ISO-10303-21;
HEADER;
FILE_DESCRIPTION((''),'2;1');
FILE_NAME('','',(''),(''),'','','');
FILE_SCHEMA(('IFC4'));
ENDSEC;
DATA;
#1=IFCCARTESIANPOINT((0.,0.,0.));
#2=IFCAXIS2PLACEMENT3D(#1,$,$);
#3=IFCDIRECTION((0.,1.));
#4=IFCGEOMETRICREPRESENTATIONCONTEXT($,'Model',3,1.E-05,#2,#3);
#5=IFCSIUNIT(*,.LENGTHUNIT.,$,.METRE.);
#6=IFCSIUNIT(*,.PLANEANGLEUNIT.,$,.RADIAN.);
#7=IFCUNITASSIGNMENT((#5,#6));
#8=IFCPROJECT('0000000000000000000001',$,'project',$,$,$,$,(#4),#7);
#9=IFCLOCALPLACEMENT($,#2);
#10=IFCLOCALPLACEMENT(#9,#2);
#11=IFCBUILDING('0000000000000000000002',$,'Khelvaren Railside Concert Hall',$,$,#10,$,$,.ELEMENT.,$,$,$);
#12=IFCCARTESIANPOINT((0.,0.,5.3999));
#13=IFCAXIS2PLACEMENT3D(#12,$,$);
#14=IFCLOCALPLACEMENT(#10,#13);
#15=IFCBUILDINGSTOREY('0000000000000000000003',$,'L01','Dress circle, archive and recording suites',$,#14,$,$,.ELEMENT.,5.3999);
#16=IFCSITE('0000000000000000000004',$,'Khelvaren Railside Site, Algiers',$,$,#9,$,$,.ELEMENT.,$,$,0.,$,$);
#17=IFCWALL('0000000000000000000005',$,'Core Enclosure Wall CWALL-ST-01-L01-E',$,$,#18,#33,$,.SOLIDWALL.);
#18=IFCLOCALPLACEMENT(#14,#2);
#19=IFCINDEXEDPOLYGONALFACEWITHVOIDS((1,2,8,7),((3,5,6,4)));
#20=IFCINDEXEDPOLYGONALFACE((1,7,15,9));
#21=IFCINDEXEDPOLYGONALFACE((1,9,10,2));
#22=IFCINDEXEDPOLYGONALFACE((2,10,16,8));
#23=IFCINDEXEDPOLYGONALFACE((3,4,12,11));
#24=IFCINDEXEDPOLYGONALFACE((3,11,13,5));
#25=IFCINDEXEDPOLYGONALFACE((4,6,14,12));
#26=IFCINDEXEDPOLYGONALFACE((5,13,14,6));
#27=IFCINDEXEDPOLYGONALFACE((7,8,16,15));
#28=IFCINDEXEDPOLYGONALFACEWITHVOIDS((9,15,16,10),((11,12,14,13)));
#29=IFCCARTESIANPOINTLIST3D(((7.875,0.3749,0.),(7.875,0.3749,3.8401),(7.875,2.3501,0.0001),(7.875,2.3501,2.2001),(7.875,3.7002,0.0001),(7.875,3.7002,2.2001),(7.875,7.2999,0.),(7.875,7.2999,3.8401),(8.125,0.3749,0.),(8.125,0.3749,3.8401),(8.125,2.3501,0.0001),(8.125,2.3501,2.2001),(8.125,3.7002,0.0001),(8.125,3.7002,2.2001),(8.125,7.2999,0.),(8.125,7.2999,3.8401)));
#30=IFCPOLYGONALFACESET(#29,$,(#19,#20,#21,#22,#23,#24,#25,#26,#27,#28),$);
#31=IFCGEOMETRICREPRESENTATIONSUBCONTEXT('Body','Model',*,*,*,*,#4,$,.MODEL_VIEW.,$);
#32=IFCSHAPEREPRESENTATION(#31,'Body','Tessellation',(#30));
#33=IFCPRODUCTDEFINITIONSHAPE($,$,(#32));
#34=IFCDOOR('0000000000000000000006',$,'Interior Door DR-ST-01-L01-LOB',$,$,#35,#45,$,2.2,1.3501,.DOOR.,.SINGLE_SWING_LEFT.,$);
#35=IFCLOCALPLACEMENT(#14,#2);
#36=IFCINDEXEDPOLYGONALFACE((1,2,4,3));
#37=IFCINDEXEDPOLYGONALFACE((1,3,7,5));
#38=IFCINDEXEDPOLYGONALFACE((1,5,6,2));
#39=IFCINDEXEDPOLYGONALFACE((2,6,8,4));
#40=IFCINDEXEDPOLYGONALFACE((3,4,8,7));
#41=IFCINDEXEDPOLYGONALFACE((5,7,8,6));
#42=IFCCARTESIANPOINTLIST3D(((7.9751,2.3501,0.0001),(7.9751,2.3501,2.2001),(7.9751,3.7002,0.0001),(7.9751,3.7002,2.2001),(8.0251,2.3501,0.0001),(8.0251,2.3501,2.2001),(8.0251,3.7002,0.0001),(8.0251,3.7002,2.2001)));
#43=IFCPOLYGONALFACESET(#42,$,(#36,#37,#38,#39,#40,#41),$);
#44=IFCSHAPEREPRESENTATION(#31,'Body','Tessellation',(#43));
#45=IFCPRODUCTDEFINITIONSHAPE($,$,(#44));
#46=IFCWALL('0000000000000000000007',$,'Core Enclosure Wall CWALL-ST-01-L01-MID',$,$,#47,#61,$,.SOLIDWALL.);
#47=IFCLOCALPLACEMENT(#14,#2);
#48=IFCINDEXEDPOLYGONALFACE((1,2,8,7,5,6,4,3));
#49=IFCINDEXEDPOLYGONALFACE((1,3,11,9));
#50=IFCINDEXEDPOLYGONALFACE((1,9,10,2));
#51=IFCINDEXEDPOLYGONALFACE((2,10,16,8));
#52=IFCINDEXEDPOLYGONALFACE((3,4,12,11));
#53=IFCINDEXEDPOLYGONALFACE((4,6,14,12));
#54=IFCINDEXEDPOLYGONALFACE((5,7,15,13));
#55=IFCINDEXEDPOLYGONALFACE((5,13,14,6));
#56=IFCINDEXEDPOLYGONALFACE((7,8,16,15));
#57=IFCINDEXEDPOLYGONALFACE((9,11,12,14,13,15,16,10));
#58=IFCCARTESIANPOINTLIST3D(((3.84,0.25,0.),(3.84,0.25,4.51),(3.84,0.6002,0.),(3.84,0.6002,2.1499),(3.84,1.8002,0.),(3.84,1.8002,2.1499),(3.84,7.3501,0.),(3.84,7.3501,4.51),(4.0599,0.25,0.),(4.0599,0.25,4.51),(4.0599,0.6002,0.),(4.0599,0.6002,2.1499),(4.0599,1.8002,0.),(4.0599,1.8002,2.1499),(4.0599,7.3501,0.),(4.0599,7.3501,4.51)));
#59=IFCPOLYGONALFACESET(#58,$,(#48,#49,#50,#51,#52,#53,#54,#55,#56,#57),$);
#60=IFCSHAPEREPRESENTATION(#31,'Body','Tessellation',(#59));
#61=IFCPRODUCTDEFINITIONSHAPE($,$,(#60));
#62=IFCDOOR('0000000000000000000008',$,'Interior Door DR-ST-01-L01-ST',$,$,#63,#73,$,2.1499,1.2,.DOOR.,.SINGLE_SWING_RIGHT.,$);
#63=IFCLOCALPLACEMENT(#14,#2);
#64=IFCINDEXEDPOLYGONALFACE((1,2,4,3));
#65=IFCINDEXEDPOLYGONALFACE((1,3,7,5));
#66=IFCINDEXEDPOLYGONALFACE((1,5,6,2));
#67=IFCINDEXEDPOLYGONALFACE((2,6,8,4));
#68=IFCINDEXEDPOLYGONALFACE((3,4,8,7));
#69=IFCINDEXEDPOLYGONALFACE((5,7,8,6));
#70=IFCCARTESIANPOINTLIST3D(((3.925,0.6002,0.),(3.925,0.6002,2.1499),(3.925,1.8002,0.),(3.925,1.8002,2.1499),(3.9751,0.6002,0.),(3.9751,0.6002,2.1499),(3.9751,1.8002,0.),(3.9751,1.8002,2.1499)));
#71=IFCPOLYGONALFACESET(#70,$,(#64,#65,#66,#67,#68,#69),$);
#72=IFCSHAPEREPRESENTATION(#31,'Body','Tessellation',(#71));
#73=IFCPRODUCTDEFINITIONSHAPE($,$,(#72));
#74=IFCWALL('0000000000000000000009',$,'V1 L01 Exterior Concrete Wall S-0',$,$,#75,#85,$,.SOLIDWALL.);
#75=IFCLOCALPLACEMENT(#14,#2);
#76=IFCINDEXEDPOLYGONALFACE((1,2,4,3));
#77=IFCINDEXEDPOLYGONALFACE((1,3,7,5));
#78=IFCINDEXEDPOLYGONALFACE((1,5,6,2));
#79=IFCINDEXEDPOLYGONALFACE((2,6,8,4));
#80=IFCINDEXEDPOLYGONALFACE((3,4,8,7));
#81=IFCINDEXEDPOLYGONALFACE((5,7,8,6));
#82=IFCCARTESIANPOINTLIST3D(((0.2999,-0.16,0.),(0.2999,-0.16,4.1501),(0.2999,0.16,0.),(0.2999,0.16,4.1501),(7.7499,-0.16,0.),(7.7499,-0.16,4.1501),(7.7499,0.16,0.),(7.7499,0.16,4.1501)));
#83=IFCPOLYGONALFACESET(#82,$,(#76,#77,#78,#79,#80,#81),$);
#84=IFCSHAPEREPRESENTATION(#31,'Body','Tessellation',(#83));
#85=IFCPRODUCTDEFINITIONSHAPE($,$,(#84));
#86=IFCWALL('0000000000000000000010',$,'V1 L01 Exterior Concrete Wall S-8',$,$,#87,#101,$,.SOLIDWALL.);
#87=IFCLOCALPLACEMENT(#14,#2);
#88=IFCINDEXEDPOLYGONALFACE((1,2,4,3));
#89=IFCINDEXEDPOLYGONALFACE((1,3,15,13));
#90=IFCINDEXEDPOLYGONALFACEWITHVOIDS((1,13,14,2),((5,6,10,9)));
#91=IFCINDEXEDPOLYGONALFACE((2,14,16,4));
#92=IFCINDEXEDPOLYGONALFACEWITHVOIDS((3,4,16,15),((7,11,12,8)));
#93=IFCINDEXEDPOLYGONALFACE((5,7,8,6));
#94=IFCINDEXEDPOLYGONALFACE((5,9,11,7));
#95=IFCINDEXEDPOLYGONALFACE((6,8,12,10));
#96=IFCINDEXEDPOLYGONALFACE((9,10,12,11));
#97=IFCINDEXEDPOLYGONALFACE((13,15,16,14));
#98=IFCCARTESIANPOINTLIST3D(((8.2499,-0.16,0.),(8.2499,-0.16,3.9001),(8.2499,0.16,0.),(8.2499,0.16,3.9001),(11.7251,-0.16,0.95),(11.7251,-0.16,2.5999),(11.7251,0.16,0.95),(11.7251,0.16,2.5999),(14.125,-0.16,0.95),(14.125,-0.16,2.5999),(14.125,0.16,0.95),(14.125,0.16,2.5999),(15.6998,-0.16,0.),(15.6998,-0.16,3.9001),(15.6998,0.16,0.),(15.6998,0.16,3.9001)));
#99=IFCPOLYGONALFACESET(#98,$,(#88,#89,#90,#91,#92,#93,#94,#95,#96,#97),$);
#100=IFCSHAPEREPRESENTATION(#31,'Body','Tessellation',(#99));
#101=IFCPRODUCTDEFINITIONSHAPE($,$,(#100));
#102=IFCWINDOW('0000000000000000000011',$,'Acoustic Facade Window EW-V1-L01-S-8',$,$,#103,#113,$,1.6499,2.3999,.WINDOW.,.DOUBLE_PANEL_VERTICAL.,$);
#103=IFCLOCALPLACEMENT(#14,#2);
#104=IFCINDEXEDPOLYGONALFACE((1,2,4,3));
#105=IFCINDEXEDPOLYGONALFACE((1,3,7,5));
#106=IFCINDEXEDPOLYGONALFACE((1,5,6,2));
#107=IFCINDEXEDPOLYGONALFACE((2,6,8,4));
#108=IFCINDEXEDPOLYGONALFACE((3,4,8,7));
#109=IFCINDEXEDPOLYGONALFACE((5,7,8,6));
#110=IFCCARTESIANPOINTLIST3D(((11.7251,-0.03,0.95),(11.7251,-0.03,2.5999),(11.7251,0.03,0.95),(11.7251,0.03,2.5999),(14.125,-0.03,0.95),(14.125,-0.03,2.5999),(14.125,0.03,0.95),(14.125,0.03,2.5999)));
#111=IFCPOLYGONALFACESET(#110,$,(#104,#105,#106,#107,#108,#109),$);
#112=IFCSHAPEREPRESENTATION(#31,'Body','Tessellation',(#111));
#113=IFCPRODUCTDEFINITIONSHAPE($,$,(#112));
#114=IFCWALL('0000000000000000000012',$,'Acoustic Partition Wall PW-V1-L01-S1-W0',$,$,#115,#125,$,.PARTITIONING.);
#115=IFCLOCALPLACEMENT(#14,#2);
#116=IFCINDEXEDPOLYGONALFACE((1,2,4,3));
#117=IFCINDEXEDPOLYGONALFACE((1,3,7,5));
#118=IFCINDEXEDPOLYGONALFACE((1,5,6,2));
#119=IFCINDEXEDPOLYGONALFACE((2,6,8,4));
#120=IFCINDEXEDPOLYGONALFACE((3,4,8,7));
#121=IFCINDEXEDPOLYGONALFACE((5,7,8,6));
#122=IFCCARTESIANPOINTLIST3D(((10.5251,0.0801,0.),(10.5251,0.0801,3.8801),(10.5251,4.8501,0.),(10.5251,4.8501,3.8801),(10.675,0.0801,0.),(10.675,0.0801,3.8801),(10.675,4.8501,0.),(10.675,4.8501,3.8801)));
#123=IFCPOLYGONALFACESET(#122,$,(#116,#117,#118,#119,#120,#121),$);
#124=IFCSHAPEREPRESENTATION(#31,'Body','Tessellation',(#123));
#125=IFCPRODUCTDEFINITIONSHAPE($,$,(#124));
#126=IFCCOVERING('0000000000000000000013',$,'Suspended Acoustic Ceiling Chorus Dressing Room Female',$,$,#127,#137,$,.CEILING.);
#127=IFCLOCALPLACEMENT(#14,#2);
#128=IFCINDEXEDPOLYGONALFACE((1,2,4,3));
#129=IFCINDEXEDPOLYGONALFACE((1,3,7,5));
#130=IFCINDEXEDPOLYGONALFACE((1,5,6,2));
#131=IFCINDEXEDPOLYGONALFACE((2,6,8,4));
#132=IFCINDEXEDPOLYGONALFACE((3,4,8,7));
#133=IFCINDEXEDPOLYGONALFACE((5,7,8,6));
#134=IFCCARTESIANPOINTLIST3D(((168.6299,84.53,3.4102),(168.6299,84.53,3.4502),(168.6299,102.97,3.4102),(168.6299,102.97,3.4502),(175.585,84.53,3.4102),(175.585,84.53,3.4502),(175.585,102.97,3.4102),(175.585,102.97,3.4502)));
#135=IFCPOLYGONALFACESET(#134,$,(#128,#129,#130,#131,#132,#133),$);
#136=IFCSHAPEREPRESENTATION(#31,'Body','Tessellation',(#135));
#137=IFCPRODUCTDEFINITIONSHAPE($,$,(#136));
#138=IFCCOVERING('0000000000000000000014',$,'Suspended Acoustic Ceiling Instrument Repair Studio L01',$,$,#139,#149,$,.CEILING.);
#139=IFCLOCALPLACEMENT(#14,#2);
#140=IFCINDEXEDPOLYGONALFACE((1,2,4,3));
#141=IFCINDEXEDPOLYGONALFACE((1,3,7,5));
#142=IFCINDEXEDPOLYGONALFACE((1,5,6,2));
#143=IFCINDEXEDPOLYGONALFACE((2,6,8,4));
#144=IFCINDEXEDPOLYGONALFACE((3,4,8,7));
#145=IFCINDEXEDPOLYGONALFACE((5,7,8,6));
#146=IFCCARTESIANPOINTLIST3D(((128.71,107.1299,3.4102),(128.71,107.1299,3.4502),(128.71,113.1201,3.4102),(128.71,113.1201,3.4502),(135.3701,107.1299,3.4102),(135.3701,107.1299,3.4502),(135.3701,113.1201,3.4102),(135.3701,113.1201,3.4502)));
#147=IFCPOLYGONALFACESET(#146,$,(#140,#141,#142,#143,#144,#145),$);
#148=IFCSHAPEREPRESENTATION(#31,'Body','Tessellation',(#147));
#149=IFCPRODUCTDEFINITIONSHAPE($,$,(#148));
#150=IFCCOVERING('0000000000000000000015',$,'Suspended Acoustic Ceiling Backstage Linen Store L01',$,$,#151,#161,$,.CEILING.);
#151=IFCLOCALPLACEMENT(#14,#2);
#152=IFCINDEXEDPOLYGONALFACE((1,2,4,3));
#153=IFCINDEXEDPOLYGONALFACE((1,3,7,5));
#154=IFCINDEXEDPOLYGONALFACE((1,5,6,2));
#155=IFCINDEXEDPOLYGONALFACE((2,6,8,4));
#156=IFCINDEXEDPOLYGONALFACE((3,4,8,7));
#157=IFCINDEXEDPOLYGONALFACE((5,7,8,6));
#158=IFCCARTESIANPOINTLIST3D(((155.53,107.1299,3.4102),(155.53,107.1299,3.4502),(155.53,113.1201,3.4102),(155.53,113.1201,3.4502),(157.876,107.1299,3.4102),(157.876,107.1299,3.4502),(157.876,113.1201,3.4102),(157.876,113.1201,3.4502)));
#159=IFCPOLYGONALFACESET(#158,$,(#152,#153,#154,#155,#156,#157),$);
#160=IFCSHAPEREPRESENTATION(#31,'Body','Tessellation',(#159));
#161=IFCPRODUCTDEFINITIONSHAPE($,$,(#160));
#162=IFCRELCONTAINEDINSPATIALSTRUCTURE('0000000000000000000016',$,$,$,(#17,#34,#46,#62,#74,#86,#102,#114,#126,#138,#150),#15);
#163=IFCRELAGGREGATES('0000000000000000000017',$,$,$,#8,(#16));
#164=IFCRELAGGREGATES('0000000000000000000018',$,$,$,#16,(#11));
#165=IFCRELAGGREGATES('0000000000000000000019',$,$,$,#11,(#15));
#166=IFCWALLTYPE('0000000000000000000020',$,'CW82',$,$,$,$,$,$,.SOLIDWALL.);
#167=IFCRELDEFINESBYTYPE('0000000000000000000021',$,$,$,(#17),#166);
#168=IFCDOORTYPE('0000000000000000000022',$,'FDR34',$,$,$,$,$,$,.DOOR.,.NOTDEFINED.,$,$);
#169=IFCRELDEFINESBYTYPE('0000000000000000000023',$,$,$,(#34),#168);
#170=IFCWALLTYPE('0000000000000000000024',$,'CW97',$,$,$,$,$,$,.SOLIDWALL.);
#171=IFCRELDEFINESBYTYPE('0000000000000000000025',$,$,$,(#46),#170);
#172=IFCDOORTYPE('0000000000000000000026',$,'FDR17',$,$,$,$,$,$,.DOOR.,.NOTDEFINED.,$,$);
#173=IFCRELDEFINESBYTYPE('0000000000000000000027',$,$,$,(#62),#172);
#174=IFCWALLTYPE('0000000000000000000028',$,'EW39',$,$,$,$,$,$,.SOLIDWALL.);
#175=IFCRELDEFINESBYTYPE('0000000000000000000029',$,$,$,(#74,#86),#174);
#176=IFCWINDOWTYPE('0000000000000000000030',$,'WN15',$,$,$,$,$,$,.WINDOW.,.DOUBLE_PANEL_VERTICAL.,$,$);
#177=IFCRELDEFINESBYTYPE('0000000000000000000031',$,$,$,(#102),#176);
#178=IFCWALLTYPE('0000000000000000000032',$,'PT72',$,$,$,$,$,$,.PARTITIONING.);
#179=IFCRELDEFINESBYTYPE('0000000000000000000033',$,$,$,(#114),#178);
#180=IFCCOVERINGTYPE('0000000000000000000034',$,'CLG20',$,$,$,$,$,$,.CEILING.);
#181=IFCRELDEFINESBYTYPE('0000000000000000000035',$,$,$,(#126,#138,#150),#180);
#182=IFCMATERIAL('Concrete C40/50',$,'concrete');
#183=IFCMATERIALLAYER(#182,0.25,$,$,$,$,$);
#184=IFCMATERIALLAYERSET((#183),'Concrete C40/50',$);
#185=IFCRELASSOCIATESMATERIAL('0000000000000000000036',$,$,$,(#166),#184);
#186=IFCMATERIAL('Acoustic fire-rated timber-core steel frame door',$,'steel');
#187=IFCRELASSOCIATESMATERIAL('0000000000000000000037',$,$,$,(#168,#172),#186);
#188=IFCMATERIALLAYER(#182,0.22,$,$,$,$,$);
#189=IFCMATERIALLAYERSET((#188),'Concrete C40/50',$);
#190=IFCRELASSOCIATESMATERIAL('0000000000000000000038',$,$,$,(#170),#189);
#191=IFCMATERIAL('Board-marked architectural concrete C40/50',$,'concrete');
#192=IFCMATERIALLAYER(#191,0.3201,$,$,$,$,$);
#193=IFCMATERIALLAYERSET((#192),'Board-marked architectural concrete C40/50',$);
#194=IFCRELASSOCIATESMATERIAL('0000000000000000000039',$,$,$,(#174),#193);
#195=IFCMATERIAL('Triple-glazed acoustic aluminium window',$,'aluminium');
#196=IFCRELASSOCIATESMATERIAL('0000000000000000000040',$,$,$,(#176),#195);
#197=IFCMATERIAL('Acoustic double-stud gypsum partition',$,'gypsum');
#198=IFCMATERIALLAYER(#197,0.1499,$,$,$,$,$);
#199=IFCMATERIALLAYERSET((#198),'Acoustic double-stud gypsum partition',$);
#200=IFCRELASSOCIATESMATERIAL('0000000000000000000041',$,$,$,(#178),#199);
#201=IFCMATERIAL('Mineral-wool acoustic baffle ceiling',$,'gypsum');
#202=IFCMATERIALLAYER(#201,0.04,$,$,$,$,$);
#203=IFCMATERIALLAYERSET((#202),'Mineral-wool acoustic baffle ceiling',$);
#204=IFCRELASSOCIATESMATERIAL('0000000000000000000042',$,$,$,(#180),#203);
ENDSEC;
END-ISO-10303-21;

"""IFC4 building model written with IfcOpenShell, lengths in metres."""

from ifc_helpers import new_model, si_unit, direction, frame, frame_2d, origin, place, context, subcontext, project, spatial, polyline, rectangle, outline, extrude, material, layer, layer_set, type_object, element, fill, save


model = new_model("IFC4")

# Units and contexts
model_context = context("Model", 3, precision=1e-05, world=origin(), true_north=direction((0.0, 1.0)))
body_context = subcontext(model_context, "Body", "Model", "MODEL_VIEW")
ifc_project = project(units=[si_unit("LENGTHUNIT", "METRE"), si_unit("PLANEANGLEUNIT", "RADIAN")], contexts=[model_context])

# Site, building, storey
site_placement = place(None, origin())
site = spatial("IfcSite", under=ifc_project, at=site_placement, Name="Khelvaren Railside Site, Algiers", CompositionType="ELEMENT", RefElevation=0.0)
building_placement = place(site_placement, origin())
building = spatial("IfcBuilding", under=site, at=building_placement, Name="Khelvaren Railside Concert Hall", CompositionType="ELEMENT")
storey_placement = place(building_placement, frame((0.0, 0.0, 5.3999)))
storey = spatial("IfcBuildingStorey", under=building, at=storey_placement, Name="L01", Description="Dress circle, archive and recording suites", CompositionType="ELEMENT", Elevation=5.3999)

# Shared definitions
ifc_material_1 = material(Name="Concrete C40/50", Category="concrete")

# Walls, openings, doors
ifc_layer_1 = layer(ifc_material_1, 0.25)
ifc_layer_set_1 = layer_set([ifc_layer_1], Name="Concrete C40/50")
wall_type_1 = type_object("IfcWallType", Name="CW82", PredefinedType="SOLIDWALL", material=ifc_layer_set_1)
wall_1_placement = place(storey_placement, frame((8.0, 0.375, 0.0), z_axis=(0.0, 0.0, 1.0), x_axis=(0.0, 1.0, 0.0)))
wall_1 = element("IfcWall", 1, at=wall_1_placement, inside=storey, type_object=wall_type_1, Name="Core Enclosure Wall CWALL-ST-01-L01-E", PredefinedType="SOLIDWALL", context=body_context, shape_type="SweptSolid", body=[
    extrude(rectangle(XDim=6.925, YDim=0.25, at=frame_2d((3.4624, 0.0))), origin(), (0.0, 0.0, 1.0), 3.8401),
])
opening_1_placement = place(wall_1_placement, frame((1.9751, 0.0, 0.0)))
opening_1 = element("IfcOpeningElement", 2, at=opening_1_placement, cuts=wall_1, PredefinedType="OPENING", context=body_context, shape_type="SweptSolid", body=[
    extrude(rectangle(XDim=1.3501, YDim=2.2, at=frame_2d((0.675, 1.1001))), frame((0.0, 0.135, 0.0), z_axis=(0.0, -1.0, 0.0), x_axis=(1.0, 0.0, 0.0)), (0.0, 0.0, 1.0), 0.27),
])
ifc_material_2 = material(Name="Acoustic fire-rated timber-core steel frame door", Category="steel")
door_type_1 = type_object("IfcDoorType", Name="FDR34", OperationType="NOTDEFINED", PredefinedType="DOOR", material=ifc_material_2)
door_1_placement = place(opening_1_placement, origin())
door_1 = element("IfcDoor", 3, at=door_1_placement, inside=storey, type_object=door_type_1, Name="Interior Door DR-ST-01-L01-LOB", OperationType="SINGLE_SWING_LEFT", OverallHeight=2.2, OverallWidth=1.3501, PredefinedType="DOOR", context=body_context, shape_type="SweptSolid", body=[
    extrude(rectangle(XDim=1.3501, YDim=2.2, at=frame_2d((0.675, 1.1001))), frame((0.0, 0.0249, 0.0), z_axis=(0.0, -1.0, 0.0), x_axis=(1.0, 0.0, 0.0)), (0.0, 0.0, 1.0), 0.05),
])
fill(opening_1, door_1)
ifc_layer_2 = layer(ifc_material_1, 0.22)
ifc_layer_set_2 = layer_set([ifc_layer_2], Name="Concrete C40/50")
wall_type_2 = type_object("IfcWallType", Name="CW97", PredefinedType="SOLIDWALL", material=ifc_layer_set_2)
wall_2_placement = place(storey_placement, frame((3.95, 0.25, 0.0), z_axis=(0.0, 0.0, 1.0), x_axis=(0.0, 1.0, 0.0)))
wall_2 = element("IfcWall", 4, at=wall_2_placement, inside=storey, type_object=wall_type_2, Name="Core Enclosure Wall CWALL-ST-01-L01-MID", PredefinedType="SOLIDWALL", context=body_context, shape_type="SweptSolid", body=[
    extrude(rectangle(XDim=7.1001, YDim=0.22, at=frame_2d((3.55, 0.0))), origin(), (0.0, 0.0, 1.0), 4.51),
])
opening_2_placement = place(wall_2_placement, frame((0.3501, 0.0, 0.0)))
opening_2 = element("IfcOpeningElement", 5, at=opening_2_placement, cuts=wall_2, PredefinedType="OPENING", context=body_context, shape_type="SweptSolid", body=[
    extrude(rectangle(XDim=1.2, YDim=2.1499, at=frame_2d((0.6001, 1.075))), frame((0.0, 0.1199, 0.0), z_axis=(0.0, -1.0, 0.0), x_axis=(1.0, 0.0, 0.0)), (0.0, 0.0, 1.0), 0.24),
])
door_type_2 = type_object("IfcDoorType", Name="FDR17", OperationType="NOTDEFINED", PredefinedType="DOOR", material=ifc_material_2)
door_2_placement = place(opening_2_placement, origin())
door_2 = element("IfcDoor", 6, at=door_2_placement, inside=storey, type_object=door_type_2, Name="Interior Door DR-ST-01-L01-ST", OperationType="SINGLE_SWING_RIGHT", OverallHeight=2.1499, OverallWidth=1.2, PredefinedType="DOOR", context=body_context, shape_type="SweptSolid", body=[
    extrude(rectangle(XDim=1.2, YDim=2.1499, at=frame_2d((0.6001, 1.075))), frame((0.0, 0.0249, 0.0), z_axis=(0.0, -1.0, 0.0), x_axis=(1.0, 0.0, 0.0)), (0.0, 0.0, 1.0), 0.05),
])
fill(opening_2, door_2)

# Wall
ifc_material_3 = material(Name="Board-marked architectural concrete C40/50", Category="concrete")
ifc_layer_3 = layer(ifc_material_3, 0.3201)
ifc_layer_set_3 = layer_set([ifc_layer_3], Name="Board-marked architectural concrete C40/50")
wall_type_3 = type_object("IfcWallType", Name="EW39", PredefinedType="SOLIDWALL", material=ifc_layer_set_3)
wall_3_placement = place(storey_placement, frame((7.75, 0.0, 0.0), z_axis=(0.0, 0.0, 1.0), x_axis=(-1.0, 0.0, 0.0)))
element("IfcWall", 7, at=wall_3_placement, inside=storey, type_object=wall_type_3, Name="V1 L01 Exterior Concrete Wall S-0", PredefinedType="SOLIDWALL", context=body_context, shape_type="SweptSolid", body=[
    extrude(rectangle(XDim=7.45, YDim=0.3201, at=frame_2d((3.7251, 0.0))), origin(), (0.0, 0.0, 1.0), 4.1501),
])

# Wall, opening, window
wall_4_placement = place(storey_placement, frame((15.7, 0.0, 0.0), z_axis=(0.0, 0.0, 1.0), x_axis=(-1.0, 0.0, 0.0)))
wall_4 = element("IfcWall", 8, at=wall_4_placement, inside=storey, type_object=wall_type_3, Name="V1 L01 Exterior Concrete Wall S-8", PredefinedType="SOLIDWALL", context=body_context, shape_type="SweptSolid", body=[
    extrude(rectangle(XDim=7.45, YDim=0.3201, at=frame_2d((3.7251, 0.0))), origin(), (0.0, 0.0, 1.0), 3.9001),
])
opening_3_placement = place(wall_4_placement, frame((1.575, 0.0, 0.95)))
opening_3 = element("IfcOpeningElement", 9, at=opening_3_placement, cuts=wall_4, PredefinedType="OPENING", context=body_context, shape_type="SweptSolid", body=[
    extrude(rectangle(XDim=2.3999, YDim=1.6499, at=frame_2d((1.2, 0.825))), frame((0.0, 0.1699, 0.0), z_axis=(0.0, -1.0, 0.0), x_axis=(1.0, 0.0, 0.0)), (0.0, 0.0, 1.0), 0.3401),
])
ifc_material_4 = material(Name="Triple-glazed acoustic aluminium window", Category="aluminium")
window_type = type_object("IfcWindowType", Name="WN15", PartitioningType="DOUBLE_PANEL_VERTICAL", PredefinedType="WINDOW", material=ifc_material_4)
window_placement = place(opening_3_placement, origin())
window = element("IfcWindow", 10, at=window_placement, inside=storey, type_object=window_type, Name="Acoustic Facade Window EW-V1-L01-S-8", OverallHeight=1.6499, OverallWidth=2.3999, PartitioningType="DOUBLE_PANEL_VERTICAL", PredefinedType="WINDOW", context=body_context, shape_type="SweptSolid", body=[
    extrude(rectangle(XDim=2.3999, YDim=1.6499, at=frame_2d((1.2, 0.825))), frame((0.0, 0.03, 0.0), z_axis=(0.0, -1.0, 0.0), x_axis=(1.0, 0.0, 0.0)), (0.0, 0.0, 1.0), 0.0601),
])
fill(opening_3, window)

# Wall
ifc_material_5 = material(Name="Acoustic double-stud gypsum partition", Category="gypsum")
ifc_layer_4 = layer(ifc_material_5, 0.1499)
ifc_layer_set_4 = layer_set([ifc_layer_4], Name="Acoustic double-stud gypsum partition")
wall_type_4 = type_object("IfcWallType", Name="PT72", PredefinedType="PARTITIONING", material=ifc_layer_set_4)
wall_5_placement = place(storey_placement, frame((10.6001, 0.0801, 0.0), z_axis=(0.0, 0.0, 1.0), x_axis=(0.0, 1.0, 0.0)))
element("IfcWall", 11, at=wall_5_placement, inside=storey, type_object=wall_type_4, Name="Acoustic Partition Wall PW-V1-L01-S1-W0", PredefinedType="PARTITIONING", context=body_context, shape_type="SweptSolid", body=[
    extrude(rectangle(XDim=4.77, YDim=0.1499, at=frame_2d((2.385, 0.0))), origin(), (0.0, 0.0, 1.0), 3.8801),
])

# Coverings
ifc_material_6 = material(Name="Mineral-wool acoustic baffle ceiling", Category="gypsum")
ifc_layer_5 = layer(ifc_material_6, 0.04)
ifc_layer_set_5 = layer_set([ifc_layer_5], Name="Mineral-wool acoustic baffle ceiling")
covering_type_1 = type_object("IfcCoveringType", Name="CLG20", PredefinedType="CEILING", material=ifc_layer_set_5)
covering_1_placement = place(storey_placement, frame((0.0, 0.0, 3.4102)))
element("IfcCovering", 12, at=covering_1_placement, inside=storey, type_object=covering_type_1, Name="Suspended Acoustic Ceiling Chorus Dressing Room Female", PredefinedType="CEILING", context=body_context, shape_type="SweptSolid", body=[
    extrude(outline(polyline([(168.6299, 84.53), (175.585, 84.53), (175.585, 102.97), (168.6299, 102.97), (168.6299, 84.53)])), origin(), (0.0, 0.0, 1.0), 0.04),
])
covering_2_placement = place(storey_placement, frame((0.0, 0.0, 3.4102)))
element("IfcCovering", 13, at=covering_2_placement, inside=storey, type_object=covering_type_1, Name="Suspended Acoustic Ceiling Instrument Repair Studio L01", PredefinedType="CEILING", context=body_context, shape_type="SweptSolid", body=[
    extrude(outline(polyline([(128.71, 107.1299), (135.3701, 107.1299), (135.3701, 113.1201), (128.71, 113.1201), (128.71, 107.1299)])), origin(), (0.0, 0.0, 1.0), 0.04),
])
covering_3_placement = place(storey_placement, frame((0.0, 0.0, 3.4102)))
element("IfcCovering", 14, at=covering_3_placement, inside=storey, type_object=covering_type_1, Name="Suspended Acoustic Ceiling Backstage Linen Store L01", PredefinedType="CEILING", context=body_context, shape_type="SweptSolid", body=[
    extrude(outline(polyline([(155.53, 107.1299), (157.876, 107.1299), (157.876, 113.1201), (155.53, 113.1201), (155.53, 107.1299)])), origin(), (0.0, 0.0, 1.0), 0.04),
])

save(model, "model.ifc")
